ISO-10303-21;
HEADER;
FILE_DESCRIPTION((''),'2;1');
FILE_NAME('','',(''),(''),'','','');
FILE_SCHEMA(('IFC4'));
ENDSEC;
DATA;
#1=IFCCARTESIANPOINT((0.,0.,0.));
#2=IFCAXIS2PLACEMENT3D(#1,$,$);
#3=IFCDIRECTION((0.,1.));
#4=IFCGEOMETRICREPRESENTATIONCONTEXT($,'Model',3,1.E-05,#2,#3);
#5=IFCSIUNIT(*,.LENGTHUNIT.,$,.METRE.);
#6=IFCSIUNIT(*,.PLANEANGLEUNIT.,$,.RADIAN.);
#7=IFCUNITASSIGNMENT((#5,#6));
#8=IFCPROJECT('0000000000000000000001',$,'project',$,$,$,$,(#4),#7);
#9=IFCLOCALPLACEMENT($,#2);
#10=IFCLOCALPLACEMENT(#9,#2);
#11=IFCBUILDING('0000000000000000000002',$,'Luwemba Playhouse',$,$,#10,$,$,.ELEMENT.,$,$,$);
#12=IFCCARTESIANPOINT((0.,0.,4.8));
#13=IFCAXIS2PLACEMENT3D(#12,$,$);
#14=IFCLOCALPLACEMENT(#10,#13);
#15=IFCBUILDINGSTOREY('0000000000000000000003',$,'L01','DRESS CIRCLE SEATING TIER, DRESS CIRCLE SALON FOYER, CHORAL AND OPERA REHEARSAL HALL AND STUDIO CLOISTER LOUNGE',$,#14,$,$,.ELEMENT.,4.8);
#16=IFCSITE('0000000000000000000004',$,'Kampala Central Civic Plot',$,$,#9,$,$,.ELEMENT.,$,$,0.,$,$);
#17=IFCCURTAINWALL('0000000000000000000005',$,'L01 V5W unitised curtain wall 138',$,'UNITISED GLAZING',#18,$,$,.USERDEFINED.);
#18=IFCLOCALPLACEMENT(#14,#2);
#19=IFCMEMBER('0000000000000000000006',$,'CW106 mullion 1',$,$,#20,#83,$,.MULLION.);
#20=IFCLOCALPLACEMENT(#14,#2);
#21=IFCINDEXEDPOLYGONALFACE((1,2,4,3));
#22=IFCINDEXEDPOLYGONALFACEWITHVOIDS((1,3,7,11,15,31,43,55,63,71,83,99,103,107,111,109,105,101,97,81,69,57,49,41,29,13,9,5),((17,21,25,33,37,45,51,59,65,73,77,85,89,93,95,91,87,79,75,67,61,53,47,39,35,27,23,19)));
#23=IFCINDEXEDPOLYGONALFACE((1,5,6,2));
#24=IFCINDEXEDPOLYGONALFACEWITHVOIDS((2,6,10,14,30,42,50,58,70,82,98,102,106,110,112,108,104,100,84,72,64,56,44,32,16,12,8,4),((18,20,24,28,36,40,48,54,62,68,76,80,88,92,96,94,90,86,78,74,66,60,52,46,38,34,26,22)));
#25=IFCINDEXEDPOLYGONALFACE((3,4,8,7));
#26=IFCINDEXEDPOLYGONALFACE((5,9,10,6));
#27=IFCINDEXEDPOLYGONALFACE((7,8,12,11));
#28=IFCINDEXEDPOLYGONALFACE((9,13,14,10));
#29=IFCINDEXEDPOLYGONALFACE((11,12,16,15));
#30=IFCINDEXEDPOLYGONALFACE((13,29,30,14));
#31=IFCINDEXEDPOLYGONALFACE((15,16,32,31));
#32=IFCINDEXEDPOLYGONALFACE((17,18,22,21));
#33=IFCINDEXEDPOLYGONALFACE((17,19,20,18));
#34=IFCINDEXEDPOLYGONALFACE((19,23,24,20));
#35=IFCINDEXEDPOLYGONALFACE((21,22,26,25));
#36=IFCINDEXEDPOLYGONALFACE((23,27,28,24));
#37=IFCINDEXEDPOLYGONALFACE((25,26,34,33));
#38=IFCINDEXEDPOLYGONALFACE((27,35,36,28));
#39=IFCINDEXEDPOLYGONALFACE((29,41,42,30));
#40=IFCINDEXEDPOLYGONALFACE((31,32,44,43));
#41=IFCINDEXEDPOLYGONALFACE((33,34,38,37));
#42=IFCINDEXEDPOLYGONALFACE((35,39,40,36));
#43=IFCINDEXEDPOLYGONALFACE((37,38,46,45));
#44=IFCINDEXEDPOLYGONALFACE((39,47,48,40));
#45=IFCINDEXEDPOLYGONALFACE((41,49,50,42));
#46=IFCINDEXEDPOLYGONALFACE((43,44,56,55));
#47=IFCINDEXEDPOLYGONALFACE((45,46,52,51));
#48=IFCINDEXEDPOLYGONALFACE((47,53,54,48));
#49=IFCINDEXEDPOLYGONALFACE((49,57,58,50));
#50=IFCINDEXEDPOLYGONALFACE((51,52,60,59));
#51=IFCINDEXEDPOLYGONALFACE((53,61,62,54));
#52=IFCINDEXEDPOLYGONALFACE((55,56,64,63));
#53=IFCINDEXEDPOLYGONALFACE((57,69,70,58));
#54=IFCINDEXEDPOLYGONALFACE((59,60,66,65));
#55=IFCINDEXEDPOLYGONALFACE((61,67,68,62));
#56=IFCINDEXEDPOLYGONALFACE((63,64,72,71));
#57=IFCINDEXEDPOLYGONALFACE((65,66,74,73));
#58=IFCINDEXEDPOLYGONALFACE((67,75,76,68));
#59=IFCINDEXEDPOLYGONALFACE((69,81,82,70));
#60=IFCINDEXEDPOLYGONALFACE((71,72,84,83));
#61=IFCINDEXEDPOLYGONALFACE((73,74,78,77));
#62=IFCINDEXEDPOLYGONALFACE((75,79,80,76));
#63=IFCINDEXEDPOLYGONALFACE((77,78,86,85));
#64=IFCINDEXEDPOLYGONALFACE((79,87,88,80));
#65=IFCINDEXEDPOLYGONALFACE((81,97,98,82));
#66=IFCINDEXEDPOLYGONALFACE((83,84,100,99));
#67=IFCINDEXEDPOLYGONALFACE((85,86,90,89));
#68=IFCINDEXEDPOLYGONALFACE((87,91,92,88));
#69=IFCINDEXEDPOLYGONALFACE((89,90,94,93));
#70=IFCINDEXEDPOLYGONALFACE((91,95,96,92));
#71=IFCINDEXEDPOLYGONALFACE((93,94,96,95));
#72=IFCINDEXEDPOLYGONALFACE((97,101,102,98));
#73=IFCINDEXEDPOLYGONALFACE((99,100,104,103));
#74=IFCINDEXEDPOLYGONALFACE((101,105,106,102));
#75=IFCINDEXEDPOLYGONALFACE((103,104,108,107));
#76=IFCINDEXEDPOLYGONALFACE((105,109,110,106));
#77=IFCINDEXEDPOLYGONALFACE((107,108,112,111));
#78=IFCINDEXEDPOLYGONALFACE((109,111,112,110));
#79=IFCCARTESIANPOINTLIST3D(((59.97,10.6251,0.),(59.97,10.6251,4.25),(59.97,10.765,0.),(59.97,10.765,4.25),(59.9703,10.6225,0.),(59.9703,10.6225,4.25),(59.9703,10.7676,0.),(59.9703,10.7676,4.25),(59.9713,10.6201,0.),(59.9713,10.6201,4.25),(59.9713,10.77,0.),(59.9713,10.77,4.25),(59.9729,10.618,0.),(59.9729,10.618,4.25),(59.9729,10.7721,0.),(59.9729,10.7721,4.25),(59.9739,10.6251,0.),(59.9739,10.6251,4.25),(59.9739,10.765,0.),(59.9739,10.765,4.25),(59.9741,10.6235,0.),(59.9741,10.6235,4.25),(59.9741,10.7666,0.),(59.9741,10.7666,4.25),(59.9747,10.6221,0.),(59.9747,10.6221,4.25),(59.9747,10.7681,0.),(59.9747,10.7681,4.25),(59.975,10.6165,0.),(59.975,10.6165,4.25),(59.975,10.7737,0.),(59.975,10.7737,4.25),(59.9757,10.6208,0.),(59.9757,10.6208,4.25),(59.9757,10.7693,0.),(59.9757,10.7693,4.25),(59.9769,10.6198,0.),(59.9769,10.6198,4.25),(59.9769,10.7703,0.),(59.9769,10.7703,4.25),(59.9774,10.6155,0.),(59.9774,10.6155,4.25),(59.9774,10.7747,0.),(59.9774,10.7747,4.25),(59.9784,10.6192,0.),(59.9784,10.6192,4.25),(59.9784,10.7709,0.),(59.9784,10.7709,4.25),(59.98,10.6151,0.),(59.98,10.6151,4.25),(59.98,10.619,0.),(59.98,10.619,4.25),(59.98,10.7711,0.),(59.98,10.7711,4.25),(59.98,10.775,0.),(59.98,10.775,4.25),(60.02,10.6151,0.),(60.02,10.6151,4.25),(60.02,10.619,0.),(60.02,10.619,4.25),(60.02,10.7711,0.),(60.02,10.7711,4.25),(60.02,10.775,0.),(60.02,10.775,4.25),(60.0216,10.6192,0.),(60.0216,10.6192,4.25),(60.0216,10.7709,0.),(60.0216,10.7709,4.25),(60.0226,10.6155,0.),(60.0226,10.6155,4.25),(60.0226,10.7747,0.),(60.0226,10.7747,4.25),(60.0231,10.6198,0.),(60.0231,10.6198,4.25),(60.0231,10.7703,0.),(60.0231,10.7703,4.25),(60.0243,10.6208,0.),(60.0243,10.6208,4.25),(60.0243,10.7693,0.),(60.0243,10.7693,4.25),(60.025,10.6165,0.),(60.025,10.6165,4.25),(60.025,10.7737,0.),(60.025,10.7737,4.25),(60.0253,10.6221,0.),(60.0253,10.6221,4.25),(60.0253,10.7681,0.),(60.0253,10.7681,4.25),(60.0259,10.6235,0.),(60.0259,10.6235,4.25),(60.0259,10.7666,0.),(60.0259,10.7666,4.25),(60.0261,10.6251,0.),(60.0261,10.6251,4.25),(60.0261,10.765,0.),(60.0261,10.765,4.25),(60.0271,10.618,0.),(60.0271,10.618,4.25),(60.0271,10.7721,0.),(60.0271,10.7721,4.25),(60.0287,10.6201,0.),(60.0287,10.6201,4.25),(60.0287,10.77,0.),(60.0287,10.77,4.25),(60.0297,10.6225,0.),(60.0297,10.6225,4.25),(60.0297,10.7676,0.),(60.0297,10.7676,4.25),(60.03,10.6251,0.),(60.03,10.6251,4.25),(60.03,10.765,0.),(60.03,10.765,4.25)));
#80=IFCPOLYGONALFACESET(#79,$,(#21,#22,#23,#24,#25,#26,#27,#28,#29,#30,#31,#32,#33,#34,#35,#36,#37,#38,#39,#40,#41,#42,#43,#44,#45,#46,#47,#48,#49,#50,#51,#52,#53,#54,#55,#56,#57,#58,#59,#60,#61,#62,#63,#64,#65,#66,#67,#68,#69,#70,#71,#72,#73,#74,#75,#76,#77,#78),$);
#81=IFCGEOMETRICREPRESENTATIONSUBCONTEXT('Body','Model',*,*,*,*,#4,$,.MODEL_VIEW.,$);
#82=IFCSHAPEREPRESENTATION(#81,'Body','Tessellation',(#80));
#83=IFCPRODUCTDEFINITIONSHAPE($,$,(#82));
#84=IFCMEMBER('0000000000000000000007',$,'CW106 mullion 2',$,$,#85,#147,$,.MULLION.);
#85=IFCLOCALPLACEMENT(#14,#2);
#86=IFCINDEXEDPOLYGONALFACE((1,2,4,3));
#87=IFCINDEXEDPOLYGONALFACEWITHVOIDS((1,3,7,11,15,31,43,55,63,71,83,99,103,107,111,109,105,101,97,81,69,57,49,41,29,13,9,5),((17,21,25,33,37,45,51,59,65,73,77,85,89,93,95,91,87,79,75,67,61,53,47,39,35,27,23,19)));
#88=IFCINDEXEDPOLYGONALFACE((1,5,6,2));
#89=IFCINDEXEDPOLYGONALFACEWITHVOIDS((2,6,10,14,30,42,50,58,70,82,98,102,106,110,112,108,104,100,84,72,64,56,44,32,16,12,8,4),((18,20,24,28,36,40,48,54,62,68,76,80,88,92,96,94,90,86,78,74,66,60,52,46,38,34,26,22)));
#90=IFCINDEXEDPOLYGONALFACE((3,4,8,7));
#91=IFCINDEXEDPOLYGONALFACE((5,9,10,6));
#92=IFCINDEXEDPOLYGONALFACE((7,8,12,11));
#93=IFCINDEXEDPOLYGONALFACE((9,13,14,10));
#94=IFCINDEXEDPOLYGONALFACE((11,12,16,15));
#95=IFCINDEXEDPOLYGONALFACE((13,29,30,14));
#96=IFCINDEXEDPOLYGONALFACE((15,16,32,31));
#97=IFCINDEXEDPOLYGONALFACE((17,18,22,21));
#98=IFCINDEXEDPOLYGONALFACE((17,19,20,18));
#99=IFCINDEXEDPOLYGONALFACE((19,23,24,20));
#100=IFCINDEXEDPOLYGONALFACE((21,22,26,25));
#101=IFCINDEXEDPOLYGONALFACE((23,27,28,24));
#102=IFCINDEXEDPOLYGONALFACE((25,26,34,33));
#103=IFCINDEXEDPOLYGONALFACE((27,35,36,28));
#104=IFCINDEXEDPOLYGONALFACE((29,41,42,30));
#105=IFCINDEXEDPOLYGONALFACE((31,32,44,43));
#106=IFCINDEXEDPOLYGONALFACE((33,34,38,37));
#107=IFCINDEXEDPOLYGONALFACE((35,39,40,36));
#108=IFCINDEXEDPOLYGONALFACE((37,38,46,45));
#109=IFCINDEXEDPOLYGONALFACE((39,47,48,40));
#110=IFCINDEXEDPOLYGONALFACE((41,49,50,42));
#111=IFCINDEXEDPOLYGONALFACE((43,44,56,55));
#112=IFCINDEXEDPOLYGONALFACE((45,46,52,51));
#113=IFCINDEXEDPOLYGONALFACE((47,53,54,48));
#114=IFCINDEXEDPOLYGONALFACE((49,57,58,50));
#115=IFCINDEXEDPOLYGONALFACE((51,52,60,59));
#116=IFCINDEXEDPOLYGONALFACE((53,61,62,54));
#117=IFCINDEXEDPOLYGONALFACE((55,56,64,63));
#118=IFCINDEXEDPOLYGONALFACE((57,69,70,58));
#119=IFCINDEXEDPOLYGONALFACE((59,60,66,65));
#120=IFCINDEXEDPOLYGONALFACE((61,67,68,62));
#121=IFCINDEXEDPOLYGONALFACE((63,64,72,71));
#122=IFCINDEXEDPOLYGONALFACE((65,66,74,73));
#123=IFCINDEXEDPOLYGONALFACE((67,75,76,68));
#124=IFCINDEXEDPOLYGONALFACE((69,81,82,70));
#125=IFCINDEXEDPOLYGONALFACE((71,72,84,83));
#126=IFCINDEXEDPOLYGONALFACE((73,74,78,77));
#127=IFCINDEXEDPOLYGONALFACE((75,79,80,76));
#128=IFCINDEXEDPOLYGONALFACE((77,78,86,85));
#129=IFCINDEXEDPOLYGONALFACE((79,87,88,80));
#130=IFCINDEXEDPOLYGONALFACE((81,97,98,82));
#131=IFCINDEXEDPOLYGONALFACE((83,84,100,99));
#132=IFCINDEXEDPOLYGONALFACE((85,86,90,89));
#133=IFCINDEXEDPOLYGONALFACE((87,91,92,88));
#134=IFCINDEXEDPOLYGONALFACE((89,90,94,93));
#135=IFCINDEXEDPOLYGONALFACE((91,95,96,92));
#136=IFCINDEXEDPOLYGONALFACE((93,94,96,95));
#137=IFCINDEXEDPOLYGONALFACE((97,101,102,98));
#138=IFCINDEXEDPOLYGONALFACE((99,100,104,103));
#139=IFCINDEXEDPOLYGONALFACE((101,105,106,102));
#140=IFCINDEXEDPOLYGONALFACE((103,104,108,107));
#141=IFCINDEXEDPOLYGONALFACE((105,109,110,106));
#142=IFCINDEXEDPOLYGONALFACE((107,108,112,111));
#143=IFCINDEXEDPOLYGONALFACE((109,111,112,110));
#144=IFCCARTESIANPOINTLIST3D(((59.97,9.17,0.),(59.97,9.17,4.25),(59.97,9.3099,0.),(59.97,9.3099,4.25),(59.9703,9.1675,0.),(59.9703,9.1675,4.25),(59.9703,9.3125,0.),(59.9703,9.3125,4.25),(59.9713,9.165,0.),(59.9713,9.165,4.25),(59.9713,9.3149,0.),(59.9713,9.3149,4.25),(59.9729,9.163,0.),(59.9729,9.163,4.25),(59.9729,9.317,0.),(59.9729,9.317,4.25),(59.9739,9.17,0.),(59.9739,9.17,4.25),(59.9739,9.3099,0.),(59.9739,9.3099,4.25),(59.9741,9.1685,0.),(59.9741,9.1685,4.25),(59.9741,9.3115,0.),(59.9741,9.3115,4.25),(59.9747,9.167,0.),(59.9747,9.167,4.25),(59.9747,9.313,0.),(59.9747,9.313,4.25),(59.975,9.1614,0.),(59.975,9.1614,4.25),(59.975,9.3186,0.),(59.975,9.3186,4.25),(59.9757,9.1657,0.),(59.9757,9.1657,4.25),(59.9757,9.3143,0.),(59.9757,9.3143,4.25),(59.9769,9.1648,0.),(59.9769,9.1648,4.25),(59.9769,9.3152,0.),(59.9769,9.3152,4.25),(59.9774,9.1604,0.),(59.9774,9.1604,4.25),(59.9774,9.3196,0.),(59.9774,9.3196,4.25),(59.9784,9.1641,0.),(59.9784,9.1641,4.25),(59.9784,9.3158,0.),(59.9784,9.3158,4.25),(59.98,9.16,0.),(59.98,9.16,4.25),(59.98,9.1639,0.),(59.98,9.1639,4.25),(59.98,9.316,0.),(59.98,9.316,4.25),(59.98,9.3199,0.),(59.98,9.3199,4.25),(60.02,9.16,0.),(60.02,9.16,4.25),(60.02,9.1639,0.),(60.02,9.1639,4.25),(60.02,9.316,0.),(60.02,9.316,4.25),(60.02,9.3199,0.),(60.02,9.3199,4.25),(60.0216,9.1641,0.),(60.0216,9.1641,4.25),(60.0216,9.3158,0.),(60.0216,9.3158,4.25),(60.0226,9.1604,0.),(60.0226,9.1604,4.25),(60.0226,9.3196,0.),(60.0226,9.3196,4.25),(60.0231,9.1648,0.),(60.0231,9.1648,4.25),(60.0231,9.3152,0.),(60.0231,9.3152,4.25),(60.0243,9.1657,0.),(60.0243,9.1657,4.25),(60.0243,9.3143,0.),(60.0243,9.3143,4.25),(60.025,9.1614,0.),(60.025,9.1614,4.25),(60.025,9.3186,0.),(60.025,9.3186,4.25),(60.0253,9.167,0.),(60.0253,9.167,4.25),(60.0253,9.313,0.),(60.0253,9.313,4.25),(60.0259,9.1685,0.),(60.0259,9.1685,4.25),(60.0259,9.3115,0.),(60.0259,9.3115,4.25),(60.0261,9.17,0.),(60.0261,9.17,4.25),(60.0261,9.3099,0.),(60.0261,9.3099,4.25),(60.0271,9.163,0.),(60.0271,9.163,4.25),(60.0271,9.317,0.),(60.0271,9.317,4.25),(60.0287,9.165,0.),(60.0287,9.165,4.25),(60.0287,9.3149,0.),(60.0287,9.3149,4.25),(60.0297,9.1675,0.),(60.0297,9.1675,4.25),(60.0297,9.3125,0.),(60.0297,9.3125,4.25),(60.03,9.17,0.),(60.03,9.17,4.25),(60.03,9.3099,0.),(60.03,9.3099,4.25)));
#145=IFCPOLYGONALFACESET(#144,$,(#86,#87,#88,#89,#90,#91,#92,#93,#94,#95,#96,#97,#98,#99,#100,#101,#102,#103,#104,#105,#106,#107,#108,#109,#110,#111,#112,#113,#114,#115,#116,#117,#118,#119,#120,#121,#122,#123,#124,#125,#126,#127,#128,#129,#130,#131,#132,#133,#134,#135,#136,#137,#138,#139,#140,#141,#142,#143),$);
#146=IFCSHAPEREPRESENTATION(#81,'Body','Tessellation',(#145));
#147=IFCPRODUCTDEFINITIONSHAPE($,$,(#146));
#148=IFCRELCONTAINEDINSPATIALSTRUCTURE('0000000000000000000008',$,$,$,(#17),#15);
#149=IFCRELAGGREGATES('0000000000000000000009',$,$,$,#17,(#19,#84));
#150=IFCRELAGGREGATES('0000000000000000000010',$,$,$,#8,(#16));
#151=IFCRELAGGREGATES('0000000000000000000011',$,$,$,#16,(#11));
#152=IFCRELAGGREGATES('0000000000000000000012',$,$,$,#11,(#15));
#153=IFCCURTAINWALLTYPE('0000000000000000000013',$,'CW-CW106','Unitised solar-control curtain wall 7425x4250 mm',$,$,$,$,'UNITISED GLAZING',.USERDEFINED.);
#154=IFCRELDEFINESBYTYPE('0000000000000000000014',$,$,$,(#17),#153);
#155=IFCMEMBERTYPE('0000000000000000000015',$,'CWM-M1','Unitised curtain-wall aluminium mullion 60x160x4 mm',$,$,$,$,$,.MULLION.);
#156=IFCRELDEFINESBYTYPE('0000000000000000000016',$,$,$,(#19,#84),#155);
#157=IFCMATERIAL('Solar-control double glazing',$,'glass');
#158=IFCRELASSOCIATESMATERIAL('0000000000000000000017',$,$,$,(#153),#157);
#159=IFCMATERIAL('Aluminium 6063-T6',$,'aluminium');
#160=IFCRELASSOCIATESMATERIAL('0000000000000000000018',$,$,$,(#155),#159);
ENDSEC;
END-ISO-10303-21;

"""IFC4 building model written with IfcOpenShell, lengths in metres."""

from ifc_helpers import new_model, si_unit, direction, frame, origin, origin_2d, place, context, subcontext, project, spatial, hollow_rectangle, extrude, material, material_profile, profile_set, type_object, element, aggregate, save


model = new_model("IFC4")

# Units and contexts
model_context = context("Model", 3, precision=1e-05, world=origin(), true_north=direction((0.0, 1.0)))
body_context = subcontext(model_context, "Body", "Model", "MODEL_VIEW")
ifc_project = project(units=[si_unit("LENGTHUNIT", "METRE"), si_unit("PLANEANGLEUNIT", "RADIAN")], contexts=[model_context])

# Site, building, storey
site_placement = place(None, origin())
site = spatial("IfcSite", under=ifc_project, at=site_placement, Name="Kampala Central Civic Plot", CompositionType="ELEMENT", RefElevation=0.0)
building_placement = place(site_placement, origin())
building = spatial("IfcBuilding", under=site, at=building_placement, Name="Luwemba Playhouse", CompositionType="ELEMENT")
storey_placement = place(building_placement, frame((0.0, 0.0, 4.8)))
storey = spatial("IfcBuildingStorey", under=building, at=storey_placement, Name="L01", Description="DRESS CIRCLE SEATING TIER, DRESS CIRCLE SALON FOYER, CHORAL AND OPERA REHEARSAL HALL AND STUDIO CLOISTER LOUNGE", CompositionType="ELEMENT", Elevation=4.8)

# Curtain wall, members
ifc_material_1 = material(Name="Solar-control double glazing", Category="glass")
curtain_wall_type = type_object("IfcCurtainWallType", Name="CW-CW106", Description="Unitised solar-control curtain wall 7425x4250 mm", ElementType="UNITISED GLAZING", PredefinedType="USERDEFINED", material=ifc_material_1)
curtain_wall_placement = place(storey_placement, origin())
curtain_wall = element("IfcCurtainWall", 1, at=curtain_wall_placement, inside=storey, type_object=curtain_wall_type, Name="L01 V5W unitised curtain wall 138", ObjectType="UNITISED GLAZING", PredefinedType="USERDEFINED")
ifc_material_2 = material(Name="Aluminium 6063-T6", Category="aluminium")
ifc_material_profile_1 = material_profile(ifc_material_2, hollow_rectangle(XDim=0.0601, YDim=0.1599, WallThickness=0.0039, InnerFilletRadius=0.0061, OuterFilletRadius=0.01, at=origin_2d()))
ifc_profile_set_1 = profile_set([ifc_material_profile_1], Name="Aluminium 6063-T6")
member_type_1 = type_object("IfcMemberType", Name="CWM-M1", Description="Unitised curtain-wall aluminium mullion 60x160x4 mm", PredefinedType="MULLION", material=ifc_profile_set_1)
member_1_placement = place(storey_placement, frame((60.0, 10.6951, 0.0), z_axis=(0.0, 0.0, 1.0), x_axis=(1.0, 0.0, 0.0)))
member_1 = element("IfcMember", 2, at=member_1_placement, type_object=member_type_1, Name="CW106 mullion 1", PredefinedType="MULLION", context=body_context, shape_type="SweptSolid", body=[
    extrude(hollow_rectangle(XDim=0.0601, YDim=0.1599, WallThickness=0.0039, InnerFilletRadius=0.0061, OuterFilletRadius=0.01, at=origin_2d()), origin(), (0.0, 0.0, 1.0), 4.25),
])
member_2_placement = place(storey_placement, frame((60.0, 9.24, 0.0), z_axis=(0.0, 0.0, 1.0), x_axis=(1.0, 0.0, 0.0)))
member_2 = element("IfcMember", 3, at=member_2_placement, type_object=member_type_1, Name="CW106 mullion 2", PredefinedType="MULLION", context=body_context, shape_type="SweptSolid", body=[
    extrude(hollow_rectangle(XDim=0.0601, YDim=0.1599, WallThickness=0.0039, InnerFilletRadius=0.0061, OuterFilletRadius=0.01, at=origin_2d()), origin(), (0.0, 0.0, 1.0), 4.25),
])
aggregate(curtain_wall, [member_1, member_2])

save(model, "model.ifc")
